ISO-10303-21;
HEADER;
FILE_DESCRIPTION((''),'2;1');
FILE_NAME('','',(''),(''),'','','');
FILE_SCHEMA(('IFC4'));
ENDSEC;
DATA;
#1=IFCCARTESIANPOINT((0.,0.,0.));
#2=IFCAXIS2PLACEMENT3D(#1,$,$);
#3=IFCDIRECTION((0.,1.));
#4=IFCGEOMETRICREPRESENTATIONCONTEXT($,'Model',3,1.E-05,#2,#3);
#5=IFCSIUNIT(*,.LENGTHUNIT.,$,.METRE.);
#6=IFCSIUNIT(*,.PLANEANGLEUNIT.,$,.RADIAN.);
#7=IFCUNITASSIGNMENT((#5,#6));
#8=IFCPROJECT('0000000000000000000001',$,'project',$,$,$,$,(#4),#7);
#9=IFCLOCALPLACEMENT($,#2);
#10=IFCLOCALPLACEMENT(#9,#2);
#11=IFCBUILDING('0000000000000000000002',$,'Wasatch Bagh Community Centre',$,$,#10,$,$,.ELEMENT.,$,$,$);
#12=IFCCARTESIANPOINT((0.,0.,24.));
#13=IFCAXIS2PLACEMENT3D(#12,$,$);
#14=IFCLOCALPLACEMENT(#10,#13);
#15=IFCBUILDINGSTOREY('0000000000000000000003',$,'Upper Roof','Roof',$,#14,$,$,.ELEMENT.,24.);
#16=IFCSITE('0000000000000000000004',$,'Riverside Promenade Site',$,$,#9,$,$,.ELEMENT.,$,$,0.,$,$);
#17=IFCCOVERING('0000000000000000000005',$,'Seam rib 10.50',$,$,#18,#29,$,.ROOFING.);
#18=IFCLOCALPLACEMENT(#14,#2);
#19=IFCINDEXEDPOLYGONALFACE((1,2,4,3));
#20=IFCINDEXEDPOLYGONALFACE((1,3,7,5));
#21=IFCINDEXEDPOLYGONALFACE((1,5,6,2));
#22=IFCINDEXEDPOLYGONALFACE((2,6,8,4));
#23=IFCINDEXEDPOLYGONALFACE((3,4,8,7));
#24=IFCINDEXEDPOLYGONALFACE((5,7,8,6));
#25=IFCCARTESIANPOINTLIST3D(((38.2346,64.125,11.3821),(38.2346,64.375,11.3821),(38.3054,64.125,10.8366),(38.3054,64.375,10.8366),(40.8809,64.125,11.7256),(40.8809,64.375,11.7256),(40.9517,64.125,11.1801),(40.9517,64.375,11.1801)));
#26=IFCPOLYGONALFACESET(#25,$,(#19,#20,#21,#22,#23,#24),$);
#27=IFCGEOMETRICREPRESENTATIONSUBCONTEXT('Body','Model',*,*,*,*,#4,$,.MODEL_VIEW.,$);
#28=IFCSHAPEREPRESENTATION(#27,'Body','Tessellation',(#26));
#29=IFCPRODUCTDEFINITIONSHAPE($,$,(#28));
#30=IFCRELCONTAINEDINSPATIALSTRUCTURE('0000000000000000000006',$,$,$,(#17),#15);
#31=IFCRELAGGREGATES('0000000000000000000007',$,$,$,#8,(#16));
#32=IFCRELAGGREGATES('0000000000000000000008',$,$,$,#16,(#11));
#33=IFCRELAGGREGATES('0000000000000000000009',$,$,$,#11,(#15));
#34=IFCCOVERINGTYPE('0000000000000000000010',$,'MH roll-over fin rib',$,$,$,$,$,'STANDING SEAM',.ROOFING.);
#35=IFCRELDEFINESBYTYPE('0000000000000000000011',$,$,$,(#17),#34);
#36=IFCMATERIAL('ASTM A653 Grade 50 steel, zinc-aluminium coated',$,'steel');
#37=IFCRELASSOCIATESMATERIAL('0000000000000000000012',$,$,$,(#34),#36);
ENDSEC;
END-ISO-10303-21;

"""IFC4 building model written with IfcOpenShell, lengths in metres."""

from ifc_helpers import new_model, si_unit, direction, frame, origin, place, context, subcontext, project, spatial, polyline, outline, extrude, material, type_object, element, save


model = new_model("IFC4")

# Units and contexts
model_context = context("Model", 3, precision=1e-05, world=origin(), true_north=direction((0.0, 1.0)))
body_context = subcontext(model_context, "Body", "Model", "MODEL_VIEW")
ifc_project = project(units=[si_unit("LENGTHUNIT", "METRE"), si_unit("PLANEANGLEUNIT", "RADIAN")], contexts=[model_context])

# Site, building, storey
site_placement = place(None, origin())
site = spatial("IfcSite", under=ifc_project, at=site_placement, Name="Riverside Promenade Site", CompositionType="ELEMENT", RefElevation=0.0)
building_placement = place(site_placement, origin())
building = spatial("IfcBuilding", under=site, at=building_placement, Name="Wasatch Bagh Community Centre", CompositionType="ELEMENT")
storey_placement = place(building_placement, frame((0.0, 0.0, 24.0)))
storey = spatial("IfcBuildingStorey", under=building, at=storey_placement, Name="Upper Roof", Description="Roof", CompositionType="ELEMENT", Elevation=24.0)

# Covering
ifc_material_1 = material(Name="ASTM A653 Grade 50 steel, zinc-aluminium coated", Category="steel")
covering_type = type_object("IfcCoveringType", Name="MH roll-over fin rib", ElementType="STANDING SEAM", PredefinedType="ROOFING", material=ifc_material_1)
for number, where, z_axis, x_axis, name in (
    (1, (38.2346, 64.125, 11.3821), (-0.128729, 0.0, 0.99168), (0.99168, 0.0, 0.128729), "Seam rib 10.50"),
):
    element("IfcCovering", number, at=place(storey_placement, frame(where, z_axis=z_axis, x_axis=x_axis)), inside=storey, type_object=covering_type, Name=name, PredefinedType="ROOFING", context=body_context, shape_type="SweptSolid", body=[
        extrude(outline(polyline([(0.0, 0.0), (2.6684, 0.0), (2.6684, 0.25), (0.0, 0.25), (0.0, 0.0)])), origin(), (0.0, 0.0, -1.0), 0.55),
    ])

save(model, "model.ifc")
